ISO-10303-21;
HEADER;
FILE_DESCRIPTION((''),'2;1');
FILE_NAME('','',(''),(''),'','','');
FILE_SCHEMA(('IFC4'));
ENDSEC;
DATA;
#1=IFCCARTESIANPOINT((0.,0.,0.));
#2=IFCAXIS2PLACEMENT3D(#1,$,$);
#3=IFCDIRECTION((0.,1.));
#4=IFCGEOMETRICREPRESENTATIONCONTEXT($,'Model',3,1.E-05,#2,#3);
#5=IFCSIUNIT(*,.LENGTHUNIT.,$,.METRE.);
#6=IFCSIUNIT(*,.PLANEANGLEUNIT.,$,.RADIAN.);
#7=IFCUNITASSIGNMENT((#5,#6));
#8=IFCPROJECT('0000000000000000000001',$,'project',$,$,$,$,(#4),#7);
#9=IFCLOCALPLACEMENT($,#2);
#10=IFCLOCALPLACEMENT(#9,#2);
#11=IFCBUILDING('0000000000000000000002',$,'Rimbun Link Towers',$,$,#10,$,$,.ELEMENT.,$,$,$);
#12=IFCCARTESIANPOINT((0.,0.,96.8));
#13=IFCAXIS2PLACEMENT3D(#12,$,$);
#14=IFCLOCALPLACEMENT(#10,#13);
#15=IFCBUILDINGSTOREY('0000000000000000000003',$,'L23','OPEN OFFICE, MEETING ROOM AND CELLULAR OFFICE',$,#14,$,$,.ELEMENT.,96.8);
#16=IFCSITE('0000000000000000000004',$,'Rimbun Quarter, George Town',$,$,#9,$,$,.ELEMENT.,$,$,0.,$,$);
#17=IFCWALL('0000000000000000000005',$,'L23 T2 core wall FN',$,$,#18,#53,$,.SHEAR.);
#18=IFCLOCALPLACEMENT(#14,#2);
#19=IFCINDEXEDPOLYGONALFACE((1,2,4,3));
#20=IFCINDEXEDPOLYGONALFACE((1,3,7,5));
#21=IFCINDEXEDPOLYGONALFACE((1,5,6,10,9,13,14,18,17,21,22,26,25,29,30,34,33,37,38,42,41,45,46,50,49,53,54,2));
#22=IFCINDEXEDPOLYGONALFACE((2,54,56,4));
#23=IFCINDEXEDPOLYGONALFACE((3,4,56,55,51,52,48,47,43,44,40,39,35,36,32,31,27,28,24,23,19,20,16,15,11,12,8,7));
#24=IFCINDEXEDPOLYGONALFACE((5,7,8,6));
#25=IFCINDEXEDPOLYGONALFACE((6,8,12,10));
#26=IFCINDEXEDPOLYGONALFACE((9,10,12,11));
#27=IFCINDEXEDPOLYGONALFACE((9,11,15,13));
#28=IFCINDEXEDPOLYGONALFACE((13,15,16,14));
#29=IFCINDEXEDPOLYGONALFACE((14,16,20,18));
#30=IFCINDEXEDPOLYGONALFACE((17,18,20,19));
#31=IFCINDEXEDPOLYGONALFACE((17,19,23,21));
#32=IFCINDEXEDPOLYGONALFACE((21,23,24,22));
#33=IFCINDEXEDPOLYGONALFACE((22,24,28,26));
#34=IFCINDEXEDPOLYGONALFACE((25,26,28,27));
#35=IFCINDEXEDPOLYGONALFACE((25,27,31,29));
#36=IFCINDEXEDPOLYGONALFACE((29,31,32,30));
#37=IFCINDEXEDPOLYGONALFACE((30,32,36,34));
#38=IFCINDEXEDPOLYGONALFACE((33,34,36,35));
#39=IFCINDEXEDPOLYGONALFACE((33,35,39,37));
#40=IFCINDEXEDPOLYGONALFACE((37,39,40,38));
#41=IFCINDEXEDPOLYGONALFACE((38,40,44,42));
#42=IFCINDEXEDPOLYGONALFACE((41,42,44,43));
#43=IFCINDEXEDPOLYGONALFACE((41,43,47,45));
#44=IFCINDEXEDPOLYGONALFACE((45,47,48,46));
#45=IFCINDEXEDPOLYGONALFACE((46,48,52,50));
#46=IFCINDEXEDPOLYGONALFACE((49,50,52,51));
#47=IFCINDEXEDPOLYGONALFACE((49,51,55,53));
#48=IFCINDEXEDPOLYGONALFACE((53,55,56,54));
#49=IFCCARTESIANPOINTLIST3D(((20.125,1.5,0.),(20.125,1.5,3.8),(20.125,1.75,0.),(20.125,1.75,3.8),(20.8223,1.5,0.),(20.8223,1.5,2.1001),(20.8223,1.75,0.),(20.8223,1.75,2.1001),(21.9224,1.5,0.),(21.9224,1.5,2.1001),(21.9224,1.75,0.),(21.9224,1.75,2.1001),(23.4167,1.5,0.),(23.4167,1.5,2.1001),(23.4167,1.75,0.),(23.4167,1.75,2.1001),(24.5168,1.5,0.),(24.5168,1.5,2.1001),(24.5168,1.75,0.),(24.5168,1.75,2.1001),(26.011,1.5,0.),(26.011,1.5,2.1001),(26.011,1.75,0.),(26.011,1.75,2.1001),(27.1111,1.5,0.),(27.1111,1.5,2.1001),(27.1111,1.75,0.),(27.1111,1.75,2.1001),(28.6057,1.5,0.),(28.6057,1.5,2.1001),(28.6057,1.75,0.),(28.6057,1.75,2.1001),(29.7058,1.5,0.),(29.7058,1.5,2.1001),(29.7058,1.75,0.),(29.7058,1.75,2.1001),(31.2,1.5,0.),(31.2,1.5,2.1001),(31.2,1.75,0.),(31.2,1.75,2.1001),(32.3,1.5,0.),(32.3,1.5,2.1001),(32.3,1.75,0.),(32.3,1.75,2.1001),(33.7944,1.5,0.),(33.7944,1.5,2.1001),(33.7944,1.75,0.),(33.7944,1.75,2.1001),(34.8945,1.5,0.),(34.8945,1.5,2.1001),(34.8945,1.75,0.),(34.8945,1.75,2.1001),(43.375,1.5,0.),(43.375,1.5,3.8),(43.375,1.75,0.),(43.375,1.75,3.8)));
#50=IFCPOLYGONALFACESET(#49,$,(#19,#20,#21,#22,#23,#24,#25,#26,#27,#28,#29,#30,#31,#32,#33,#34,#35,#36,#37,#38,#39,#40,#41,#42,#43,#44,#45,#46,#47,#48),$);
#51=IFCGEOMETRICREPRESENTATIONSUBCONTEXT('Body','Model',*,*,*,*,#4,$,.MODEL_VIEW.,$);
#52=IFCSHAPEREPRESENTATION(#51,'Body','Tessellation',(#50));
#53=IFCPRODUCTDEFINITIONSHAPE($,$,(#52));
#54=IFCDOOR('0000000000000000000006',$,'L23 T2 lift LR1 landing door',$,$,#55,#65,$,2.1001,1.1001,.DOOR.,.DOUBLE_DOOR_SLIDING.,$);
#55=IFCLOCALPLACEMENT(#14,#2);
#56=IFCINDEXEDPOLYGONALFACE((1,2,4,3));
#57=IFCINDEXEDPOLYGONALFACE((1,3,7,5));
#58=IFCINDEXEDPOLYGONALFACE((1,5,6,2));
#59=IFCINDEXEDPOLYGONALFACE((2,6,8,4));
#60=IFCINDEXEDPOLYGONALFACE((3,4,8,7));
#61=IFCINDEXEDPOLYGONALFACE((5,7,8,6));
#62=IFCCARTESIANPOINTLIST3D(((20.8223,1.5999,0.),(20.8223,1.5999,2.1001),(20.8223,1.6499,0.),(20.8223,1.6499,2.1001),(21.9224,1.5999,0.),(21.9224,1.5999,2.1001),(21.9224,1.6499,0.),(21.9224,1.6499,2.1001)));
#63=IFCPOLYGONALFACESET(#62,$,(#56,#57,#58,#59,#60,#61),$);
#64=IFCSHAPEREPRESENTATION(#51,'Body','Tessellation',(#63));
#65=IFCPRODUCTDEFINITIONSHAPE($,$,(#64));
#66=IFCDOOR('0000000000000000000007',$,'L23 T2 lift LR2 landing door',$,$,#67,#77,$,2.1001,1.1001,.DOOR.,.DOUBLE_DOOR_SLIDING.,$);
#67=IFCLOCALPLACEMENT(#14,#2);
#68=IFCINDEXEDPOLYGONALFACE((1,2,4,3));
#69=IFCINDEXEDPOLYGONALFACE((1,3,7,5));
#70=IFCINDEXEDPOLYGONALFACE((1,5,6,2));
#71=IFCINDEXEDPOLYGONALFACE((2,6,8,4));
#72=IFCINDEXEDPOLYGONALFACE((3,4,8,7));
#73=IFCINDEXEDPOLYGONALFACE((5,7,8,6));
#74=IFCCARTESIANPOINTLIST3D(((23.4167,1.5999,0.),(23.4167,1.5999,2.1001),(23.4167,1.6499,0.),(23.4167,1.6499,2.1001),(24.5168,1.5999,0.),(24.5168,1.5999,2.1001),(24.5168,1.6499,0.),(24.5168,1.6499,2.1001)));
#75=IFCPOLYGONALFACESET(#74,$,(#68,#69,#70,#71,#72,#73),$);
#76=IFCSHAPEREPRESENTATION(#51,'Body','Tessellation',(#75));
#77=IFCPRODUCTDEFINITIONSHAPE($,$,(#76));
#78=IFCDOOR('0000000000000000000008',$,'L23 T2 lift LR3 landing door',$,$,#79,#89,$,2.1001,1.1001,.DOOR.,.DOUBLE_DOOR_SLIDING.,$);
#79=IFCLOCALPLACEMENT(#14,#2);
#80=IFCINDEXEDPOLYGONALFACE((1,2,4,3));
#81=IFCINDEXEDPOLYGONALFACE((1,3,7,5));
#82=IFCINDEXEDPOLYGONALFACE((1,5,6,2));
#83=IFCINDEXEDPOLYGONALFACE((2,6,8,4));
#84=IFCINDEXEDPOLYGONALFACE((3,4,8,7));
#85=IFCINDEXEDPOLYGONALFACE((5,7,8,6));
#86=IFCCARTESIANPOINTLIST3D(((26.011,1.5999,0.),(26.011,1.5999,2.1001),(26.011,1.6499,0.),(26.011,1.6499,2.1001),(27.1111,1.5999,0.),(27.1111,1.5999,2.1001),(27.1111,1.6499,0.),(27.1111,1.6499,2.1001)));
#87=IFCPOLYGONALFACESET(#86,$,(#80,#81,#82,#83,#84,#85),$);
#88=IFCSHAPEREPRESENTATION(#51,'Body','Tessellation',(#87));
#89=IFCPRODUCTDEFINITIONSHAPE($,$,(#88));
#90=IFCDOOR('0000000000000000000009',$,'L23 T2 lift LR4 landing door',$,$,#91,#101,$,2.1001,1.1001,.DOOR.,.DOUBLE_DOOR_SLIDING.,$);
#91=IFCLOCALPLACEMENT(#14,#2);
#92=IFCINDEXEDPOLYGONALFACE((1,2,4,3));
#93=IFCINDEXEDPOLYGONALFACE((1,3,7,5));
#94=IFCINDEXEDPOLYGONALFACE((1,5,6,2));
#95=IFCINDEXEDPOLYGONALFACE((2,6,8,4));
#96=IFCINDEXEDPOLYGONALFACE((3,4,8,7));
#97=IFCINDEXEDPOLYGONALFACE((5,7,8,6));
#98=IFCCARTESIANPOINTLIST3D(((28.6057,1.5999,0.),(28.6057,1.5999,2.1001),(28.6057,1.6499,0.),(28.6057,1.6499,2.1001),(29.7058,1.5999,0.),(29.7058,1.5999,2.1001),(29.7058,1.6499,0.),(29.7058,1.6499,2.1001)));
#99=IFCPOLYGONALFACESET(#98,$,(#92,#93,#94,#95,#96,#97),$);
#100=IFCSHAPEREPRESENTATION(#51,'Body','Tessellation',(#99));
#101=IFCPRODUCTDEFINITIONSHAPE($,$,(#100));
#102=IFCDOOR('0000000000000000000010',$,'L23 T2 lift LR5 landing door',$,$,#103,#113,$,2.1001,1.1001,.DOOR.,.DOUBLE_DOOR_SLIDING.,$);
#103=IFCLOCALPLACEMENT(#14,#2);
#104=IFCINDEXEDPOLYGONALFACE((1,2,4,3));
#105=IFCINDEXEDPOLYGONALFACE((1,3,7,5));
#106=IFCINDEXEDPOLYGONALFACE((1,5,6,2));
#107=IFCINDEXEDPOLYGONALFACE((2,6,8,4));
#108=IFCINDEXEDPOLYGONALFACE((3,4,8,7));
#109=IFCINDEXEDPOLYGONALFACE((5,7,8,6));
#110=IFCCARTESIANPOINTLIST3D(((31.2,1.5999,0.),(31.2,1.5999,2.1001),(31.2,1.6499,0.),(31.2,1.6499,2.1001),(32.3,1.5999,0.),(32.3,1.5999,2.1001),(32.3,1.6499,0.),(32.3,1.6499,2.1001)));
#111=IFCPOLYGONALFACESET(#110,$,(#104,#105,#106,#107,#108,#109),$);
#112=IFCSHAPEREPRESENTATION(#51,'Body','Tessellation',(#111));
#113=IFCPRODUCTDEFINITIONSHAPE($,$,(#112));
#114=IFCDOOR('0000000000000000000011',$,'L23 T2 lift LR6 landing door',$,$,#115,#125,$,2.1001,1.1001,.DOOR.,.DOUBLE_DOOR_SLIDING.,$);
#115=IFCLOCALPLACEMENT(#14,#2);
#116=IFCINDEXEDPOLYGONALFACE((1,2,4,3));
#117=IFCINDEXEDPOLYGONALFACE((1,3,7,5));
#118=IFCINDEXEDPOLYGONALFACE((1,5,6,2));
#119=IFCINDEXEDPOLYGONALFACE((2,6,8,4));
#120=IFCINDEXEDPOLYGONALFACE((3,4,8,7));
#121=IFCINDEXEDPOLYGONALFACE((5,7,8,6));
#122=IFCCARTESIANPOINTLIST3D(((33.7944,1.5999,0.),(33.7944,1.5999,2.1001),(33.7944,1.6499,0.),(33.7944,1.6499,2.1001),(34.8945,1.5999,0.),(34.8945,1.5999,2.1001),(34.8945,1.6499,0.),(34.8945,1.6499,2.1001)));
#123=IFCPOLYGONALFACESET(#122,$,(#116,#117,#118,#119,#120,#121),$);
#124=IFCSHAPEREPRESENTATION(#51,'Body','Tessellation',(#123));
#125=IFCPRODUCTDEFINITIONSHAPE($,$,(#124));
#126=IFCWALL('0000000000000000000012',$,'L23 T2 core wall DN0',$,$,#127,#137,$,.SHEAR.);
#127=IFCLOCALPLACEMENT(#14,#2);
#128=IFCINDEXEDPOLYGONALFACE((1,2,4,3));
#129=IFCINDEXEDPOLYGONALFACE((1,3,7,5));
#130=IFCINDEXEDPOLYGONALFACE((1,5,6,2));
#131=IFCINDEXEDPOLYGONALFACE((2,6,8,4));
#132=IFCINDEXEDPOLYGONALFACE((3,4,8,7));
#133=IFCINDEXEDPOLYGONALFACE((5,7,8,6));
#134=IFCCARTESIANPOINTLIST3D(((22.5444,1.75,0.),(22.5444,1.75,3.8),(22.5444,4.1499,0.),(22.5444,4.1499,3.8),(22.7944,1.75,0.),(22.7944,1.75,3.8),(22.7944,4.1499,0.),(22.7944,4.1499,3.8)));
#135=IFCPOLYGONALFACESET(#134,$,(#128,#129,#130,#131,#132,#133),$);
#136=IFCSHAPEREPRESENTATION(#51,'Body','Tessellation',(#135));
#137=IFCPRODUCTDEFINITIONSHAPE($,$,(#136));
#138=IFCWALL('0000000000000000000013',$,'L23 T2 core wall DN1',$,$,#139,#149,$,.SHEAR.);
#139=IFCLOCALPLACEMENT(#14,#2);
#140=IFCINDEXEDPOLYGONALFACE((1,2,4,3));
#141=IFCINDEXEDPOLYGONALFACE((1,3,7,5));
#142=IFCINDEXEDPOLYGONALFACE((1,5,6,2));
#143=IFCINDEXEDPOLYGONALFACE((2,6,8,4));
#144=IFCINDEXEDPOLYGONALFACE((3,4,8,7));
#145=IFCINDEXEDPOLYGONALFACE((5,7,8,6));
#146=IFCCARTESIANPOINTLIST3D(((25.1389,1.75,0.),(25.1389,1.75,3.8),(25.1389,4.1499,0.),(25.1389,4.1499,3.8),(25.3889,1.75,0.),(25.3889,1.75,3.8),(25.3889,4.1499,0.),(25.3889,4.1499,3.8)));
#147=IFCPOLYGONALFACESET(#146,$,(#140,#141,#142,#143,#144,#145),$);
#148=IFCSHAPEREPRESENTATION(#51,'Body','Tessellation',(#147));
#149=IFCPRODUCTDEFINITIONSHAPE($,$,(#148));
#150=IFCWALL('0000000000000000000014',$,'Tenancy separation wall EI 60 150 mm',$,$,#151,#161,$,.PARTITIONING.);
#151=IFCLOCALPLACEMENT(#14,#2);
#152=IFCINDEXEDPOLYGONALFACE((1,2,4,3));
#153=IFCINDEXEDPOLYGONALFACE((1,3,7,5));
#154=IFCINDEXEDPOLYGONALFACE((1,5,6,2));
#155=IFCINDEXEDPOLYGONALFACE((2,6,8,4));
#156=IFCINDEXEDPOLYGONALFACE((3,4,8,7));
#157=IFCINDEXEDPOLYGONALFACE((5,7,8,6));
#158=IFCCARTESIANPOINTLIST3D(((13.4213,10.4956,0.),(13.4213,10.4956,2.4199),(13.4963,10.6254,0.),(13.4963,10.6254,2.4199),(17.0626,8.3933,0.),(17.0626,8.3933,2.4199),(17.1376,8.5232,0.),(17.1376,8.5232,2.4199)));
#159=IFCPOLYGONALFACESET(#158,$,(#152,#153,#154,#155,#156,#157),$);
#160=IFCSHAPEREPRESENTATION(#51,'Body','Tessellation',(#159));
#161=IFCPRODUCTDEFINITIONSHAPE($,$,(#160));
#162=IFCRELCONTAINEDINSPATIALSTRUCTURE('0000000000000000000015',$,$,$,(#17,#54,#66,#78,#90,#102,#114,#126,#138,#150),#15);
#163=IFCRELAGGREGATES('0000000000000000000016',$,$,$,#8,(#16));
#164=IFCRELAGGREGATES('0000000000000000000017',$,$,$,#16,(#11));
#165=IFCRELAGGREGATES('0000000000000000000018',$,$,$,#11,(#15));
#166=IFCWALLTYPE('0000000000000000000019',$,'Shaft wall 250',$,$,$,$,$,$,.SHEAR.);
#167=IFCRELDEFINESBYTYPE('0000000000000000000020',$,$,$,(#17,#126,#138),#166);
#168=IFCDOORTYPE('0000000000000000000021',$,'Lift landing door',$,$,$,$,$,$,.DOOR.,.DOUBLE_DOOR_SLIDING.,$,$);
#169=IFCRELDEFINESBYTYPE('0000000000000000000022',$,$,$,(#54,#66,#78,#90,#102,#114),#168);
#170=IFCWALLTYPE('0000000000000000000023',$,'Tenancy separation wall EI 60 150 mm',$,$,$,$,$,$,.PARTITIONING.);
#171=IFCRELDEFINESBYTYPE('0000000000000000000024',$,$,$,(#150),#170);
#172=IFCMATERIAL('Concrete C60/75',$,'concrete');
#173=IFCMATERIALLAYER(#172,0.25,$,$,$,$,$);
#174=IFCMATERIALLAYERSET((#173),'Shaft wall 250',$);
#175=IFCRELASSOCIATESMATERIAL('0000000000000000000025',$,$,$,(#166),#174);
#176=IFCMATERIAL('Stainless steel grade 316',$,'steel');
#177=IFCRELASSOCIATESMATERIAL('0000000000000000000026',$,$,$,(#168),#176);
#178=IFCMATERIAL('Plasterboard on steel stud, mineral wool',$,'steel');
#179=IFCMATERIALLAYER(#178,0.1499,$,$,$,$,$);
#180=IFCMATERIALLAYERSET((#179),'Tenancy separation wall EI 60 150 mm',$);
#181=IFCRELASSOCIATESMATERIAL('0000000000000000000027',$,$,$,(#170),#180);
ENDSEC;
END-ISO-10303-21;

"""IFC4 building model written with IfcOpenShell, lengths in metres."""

from ifc_helpers import new_model, si_unit, direction, frame, frame_2d, origin, place, context, subcontext, project, spatial, rectangle, extrude, material, layer, layer_set, type_object, element, fill, save


model = new_model("IFC4")

# Units and contexts
model_context = context("Model", 3, precision=1e-05, world=origin(), true_north=direction((0.0, 1.0)))
body_context = subcontext(model_context, "Body", "Model", "MODEL_VIEW")
ifc_project = project(units=[si_unit("LENGTHUNIT", "METRE"), si_unit("PLANEANGLEUNIT", "RADIAN")], contexts=[model_context])

# Site, building, storey
site_placement = place(None, origin())
site = spatial("IfcSite", under=ifc_project, at=site_placement, Name="Rimbun Quarter, George Town", CompositionType="ELEMENT", RefElevation=0.0)
building_placement = place(site_placement, origin())
building = spatial("IfcBuilding", under=site, at=building_placement, Name="Rimbun Link Towers", CompositionType="ELEMENT")
storey_placement = place(building_placement, frame((0.0, 0.0, 96.8)))
storey = spatial("IfcBuildingStorey", under=building, at=storey_placement, Name="L23", Description="OPEN OFFICE, MEETING ROOM AND CELLULAR OFFICE", CompositionType="ELEMENT", Elevation=96.8)

# Shared definitions
ifc_material_1 = material(Name="Concrete C60/75", Category="concrete")
ifc_layer_1 = layer(ifc_material_1, 0.25)
ifc_layer_set_1 = layer_set([ifc_layer_1], Name="Shaft wall 250")
wall_type_1 = type_object("IfcWallType", Name="Shaft wall 250", PredefinedType="SHEAR", material=ifc_layer_set_1)

# Wall, openings, doors
wall_1_placement = place(storey_placement, frame((20.125, 1.625, 0.0), z_axis=(0.0, 0.0, 1.0), x_axis=(1.0, 0.0, 0.0)))
wall_1 = element("IfcWall", 1, at=wall_1_placement, inside=storey, type_object=wall_type_1, Name="L23 T2 core wall FN", PredefinedType="SHEAR", context=body_context, shape_type="SweptSolid", body=[
    extrude(rectangle(XDim=23.25, YDim=0.25, at=frame_2d((11.625, 0.0))), origin(), (0.0, 0.0, 1.0), 3.8),
])
opening_1_placement = place(wall_1_placement, frame((0.6973, 0.0, 0.0)))
opening_1 = element("IfcOpeningElement", 2, at=opening_1_placement, cuts=wall_1, PredefinedType="OPENING", context=body_context, shape_type="SweptSolid", body=[
    extrude(rectangle(XDim=1.1001, YDim=2.1001, at=frame_2d((0.55, 1.05))), frame((0.0, 0.135, 0.0), z_axis=(0.0, -1.0, 0.0), x_axis=(1.0, 0.0, 0.0)), (0.0, 0.0, 1.0), 0.27),
])
opening_2_placement = place(wall_1_placement, frame((3.2917, 0.0, 0.0)))
opening_2 = element("IfcOpeningElement", 3, at=opening_2_placement, cuts=wall_1, PredefinedType="OPENING", context=body_context, shape_type="SweptSolid", body=[
    extrude(rectangle(XDim=1.1001, YDim=2.1001, at=frame_2d((0.55, 1.05))), frame((0.0, 0.135, 0.0), z_axis=(0.0, -1.0, 0.0), x_axis=(1.0, 0.0, 0.0)), (0.0, 0.0, 1.0), 0.27),
])
opening_3_placement = place(wall_1_placement, frame((5.886, 0.0, 0.0)))
opening_3 = element("IfcOpeningElement", 4, at=opening_3_placement, cuts=wall_1, PredefinedType="OPENING", context=body_context, shape_type="SweptSolid", body=[
    extrude(rectangle(XDim=1.1001, YDim=2.1001, at=frame_2d((0.55, 1.05))), frame((0.0, 0.135, 0.0), z_axis=(0.0, -1.0, 0.0), x_axis=(1.0, 0.0, 0.0)), (0.0, 0.0, 1.0), 0.27),
])
opening_4_placement = place(wall_1_placement, frame((8.4807, 0.0, 0.0)))
opening_4 = element("IfcOpeningElement", 5, at=opening_4_placement, cuts=wall_1, PredefinedType="OPENING", context=body_context, shape_type="SweptSolid", body=[
    extrude(rectangle(XDim=1.1001, YDim=2.1001, at=frame_2d((0.55, 1.05))), frame((0.0, 0.135, 0.0), z_axis=(0.0, -1.0, 0.0), x_axis=(1.0, 0.0, 0.0)), (0.0, 0.0, 1.0), 0.27),
])
opening_5_placement = place(wall_1_placement, frame((11.075, 0.0, 0.0)))
opening_5 = element("IfcOpeningElement", 6, at=opening_5_placement, cuts=wall_1, PredefinedType="OPENING", context=body_context, shape_type="SweptSolid", body=[
    extrude(rectangle(XDim=1.1001, YDim=2.1001, at=frame_2d((0.55, 1.05))), frame((0.0, 0.135, 0.0), z_axis=(0.0, -1.0, 0.0), x_axis=(1.0, 0.0, 0.0)), (0.0, 0.0, 1.0), 0.27),
])
opening_6_placement = place(wall_1_placement, frame((13.6694, 0.0, 0.0)))
opening_6 = element("IfcOpeningElement", 7, at=opening_6_placement, cuts=wall_1, PredefinedType="OPENING", context=body_context, shape_type="SweptSolid", body=[
    extrude(rectangle(XDim=1.1001, YDim=2.1001, at=frame_2d((0.55, 1.05))), frame((0.0, 0.135, 0.0), z_axis=(0.0, -1.0, 0.0), x_axis=(1.0, 0.0, 0.0)), (0.0, 0.0, 1.0), 0.27),
])
ifc_material_2 = material(Name="Stainless steel grade 316", Category="steel")
door_type_1 = type_object("IfcDoorType", Name="Lift landing door", OperationType="DOUBLE_DOOR_SLIDING", PredefinedType="DOOR", material=ifc_material_2)
door_1_placement = place(opening_1_placement, origin())
door_1 = element("IfcDoor", 8, at=door_1_placement, inside=storey, type_object=door_type_1, Name="L23 T2 lift LR1 landing door", OperationType="DOUBLE_DOOR_SLIDING", OverallHeight=2.1001, OverallWidth=1.1001, PredefinedType="DOOR", context=body_context, shape_type="SweptSolid", body=[
    extrude(rectangle(XDim=1.1001, YDim=2.1001, at=frame_2d((0.55, 1.05))), frame((0.0, 0.0249, 0.0), z_axis=(0.0, -1.0, 0.0), x_axis=(1.0, 0.0, 0.0)), (0.0, 0.0, 1.0), 0.05),
])
fill(opening_1, door_1)
door_2_placement = place(opening_2_placement, origin())
door_2 = element("IfcDoor", 9, at=door_2_placement, inside=storey, type_object=door_type_1, Name="L23 T2 lift LR2 landing door", OperationType="DOUBLE_DOOR_SLIDING", OverallHeight=2.1001, OverallWidth=1.1001, PredefinedType="DOOR", context=body_context, shape_type="SweptSolid", body=[
    extrude(rectangle(XDim=1.1001, YDim=2.1001, at=frame_2d((0.55, 1.05))), frame((0.0, 0.0249, 0.0), z_axis=(0.0, -1.0, 0.0), x_axis=(1.0, 0.0, 0.0)), (0.0, 0.0, 1.0), 0.05),
])
fill(opening_2, door_2)
door_3_placement = place(opening_3_placement, origin())
door_3 = element("IfcDoor", 10, at=door_3_placement, inside=storey, type_object=door_type_1, Name="L23 T2 lift LR3 landing door", OperationType="DOUBLE_DOOR_SLIDING", OverallHeight=2.1001, OverallWidth=1.1001, PredefinedType="DOOR", context=body_context, shape_type="SweptSolid", body=[
    extrude(rectangle(XDim=1.1001, YDim=2.1001, at=frame_2d((0.55, 1.05))), frame((0.0, 0.0249, 0.0), z_axis=(0.0, -1.0, 0.0), x_axis=(1.0, 0.0, 0.0)), (0.0, 0.0, 1.0), 0.05),
])
fill(opening_3, door_3)
door_4_placement = place(opening_4_placement, origin())
door_4 = element("IfcDoor", 11, at=door_4_placement, inside=storey, type_object=door_type_1, Name="L23 T2 lift LR4 landing door", OperationType="DOUBLE_DOOR_SLIDING", OverallHeight=2.1001, OverallWidth=1.1001, PredefinedType="DOOR", context=body_context, shape_type="SweptSolid", body=[
    extrude(rectangle(XDim=1.1001, YDim=2.1001, at=frame_2d((0.55, 1.05))), frame((0.0, 0.0249, 0.0), z_axis=(0.0, -1.0, 0.0), x_axis=(1.0, 0.0, 0.0)), (0.0, 0.0, 1.0), 0.05),
])
fill(opening_4, door_4)
door_5_placement = place(opening_5_placement, origin())
door_5 = element("IfcDoor", 12, at=door_5_placement, inside=storey, type_object=door_type_1, Name="L23 T2 lift LR5 landing door", OperationType="DOUBLE_DOOR_SLIDING", OverallHeight=2.1001, OverallWidth=1.1001, PredefinedType="DOOR", context=body_context, shape_type="SweptSolid", body=[
    extrude(rectangle(XDim=1.1001, YDim=2.1001, at=frame_2d((0.55, 1.05))), frame((0.0, 0.0249, 0.0), z_axis=(0.0, -1.0, 0.0), x_axis=(1.0, 0.0, 0.0)), (0.0, 0.0, 1.0), 0.05),
])
fill(opening_5, door_5)
door_6_placement = place(opening_6_placement, origin())
door_6 = element("IfcDoor", 13, at=door_6_placement, inside=storey, type_object=door_type_1, Name="L23 T2 lift LR6 landing door", OperationType="DOUBLE_DOOR_SLIDING", OverallHeight=2.1001, OverallWidth=1.1001, PredefinedType="DOOR", context=body_context, shape_type="SweptSolid", body=[
    extrude(rectangle(XDim=1.1001, YDim=2.1001, at=frame_2d((0.55, 1.05))), frame((0.0, 0.0249, 0.0), z_axis=(0.0, -1.0, 0.0), x_axis=(1.0, 0.0, 0.0)), (0.0, 0.0, 1.0), 0.05),
])
fill(opening_6, door_6)

# Walls
for number, where, z_axis, x_axis, name in (
    (14, (22.6694, 1.75, 0.0), (0.0, 0.0, 1.0), (0.0, 1.0, 0.0), "L23 T2 core wall DN0"),
    (15, (25.2639, 1.75, 0.0), (0.0, 0.0, 1.0), (0.0, 1.0, 0.0), "L23 T2 core wall DN1"),
):
    element("IfcWall", number, at=place(storey_placement, frame(where, z_axis=z_axis, x_axis=x_axis)), inside=storey, type_object=wall_type_1, Name=name, PredefinedType="SHEAR", context=body_context, shape_type="SweptSolid", body=[
        extrude(rectangle(XDim=2.3999, YDim=0.25, at=frame_2d((1.2, 0.0))), origin(), (0.0, 0.0, 1.0), 3.8),
    ])
ifc_material_3 = material(Name="Plasterboard on steel stud, mineral wool", Category="steel")
ifc_layer_2 = layer(ifc_material_3, 0.1499)
ifc_layer_set_2 = layer_set([ifc_layer_2], Name="Tenancy separation wall EI 60 150 mm")
wall_type_2 = type_object("IfcWallType", Name="Tenancy separation wall EI 60 150 mm", PredefinedType="PARTITIONING", material=ifc_layer_set_2)
wall_2_placement = place(storey_placement, frame((17.1001, 8.4583, 0.0), z_axis=(0.0, 0.0, 1.0), x_axis=(-0.86603, 0.499992, 0.0)))
element("IfcWall", 16, at=wall_2_placement, inside=storey, type_object=wall_type_2, Name="Tenancy separation wall EI 60 150 mm", PredefinedType="PARTITIONING", context=body_context, shape_type="SweptSolid", body=[
    extrude(rectangle(XDim=4.2046, YDim=0.1499, at=frame_2d((2.1023, 0.0))), origin(), (0.0, 0.0, 1.0), 2.4199),
])

save(model, "model.ifc")
